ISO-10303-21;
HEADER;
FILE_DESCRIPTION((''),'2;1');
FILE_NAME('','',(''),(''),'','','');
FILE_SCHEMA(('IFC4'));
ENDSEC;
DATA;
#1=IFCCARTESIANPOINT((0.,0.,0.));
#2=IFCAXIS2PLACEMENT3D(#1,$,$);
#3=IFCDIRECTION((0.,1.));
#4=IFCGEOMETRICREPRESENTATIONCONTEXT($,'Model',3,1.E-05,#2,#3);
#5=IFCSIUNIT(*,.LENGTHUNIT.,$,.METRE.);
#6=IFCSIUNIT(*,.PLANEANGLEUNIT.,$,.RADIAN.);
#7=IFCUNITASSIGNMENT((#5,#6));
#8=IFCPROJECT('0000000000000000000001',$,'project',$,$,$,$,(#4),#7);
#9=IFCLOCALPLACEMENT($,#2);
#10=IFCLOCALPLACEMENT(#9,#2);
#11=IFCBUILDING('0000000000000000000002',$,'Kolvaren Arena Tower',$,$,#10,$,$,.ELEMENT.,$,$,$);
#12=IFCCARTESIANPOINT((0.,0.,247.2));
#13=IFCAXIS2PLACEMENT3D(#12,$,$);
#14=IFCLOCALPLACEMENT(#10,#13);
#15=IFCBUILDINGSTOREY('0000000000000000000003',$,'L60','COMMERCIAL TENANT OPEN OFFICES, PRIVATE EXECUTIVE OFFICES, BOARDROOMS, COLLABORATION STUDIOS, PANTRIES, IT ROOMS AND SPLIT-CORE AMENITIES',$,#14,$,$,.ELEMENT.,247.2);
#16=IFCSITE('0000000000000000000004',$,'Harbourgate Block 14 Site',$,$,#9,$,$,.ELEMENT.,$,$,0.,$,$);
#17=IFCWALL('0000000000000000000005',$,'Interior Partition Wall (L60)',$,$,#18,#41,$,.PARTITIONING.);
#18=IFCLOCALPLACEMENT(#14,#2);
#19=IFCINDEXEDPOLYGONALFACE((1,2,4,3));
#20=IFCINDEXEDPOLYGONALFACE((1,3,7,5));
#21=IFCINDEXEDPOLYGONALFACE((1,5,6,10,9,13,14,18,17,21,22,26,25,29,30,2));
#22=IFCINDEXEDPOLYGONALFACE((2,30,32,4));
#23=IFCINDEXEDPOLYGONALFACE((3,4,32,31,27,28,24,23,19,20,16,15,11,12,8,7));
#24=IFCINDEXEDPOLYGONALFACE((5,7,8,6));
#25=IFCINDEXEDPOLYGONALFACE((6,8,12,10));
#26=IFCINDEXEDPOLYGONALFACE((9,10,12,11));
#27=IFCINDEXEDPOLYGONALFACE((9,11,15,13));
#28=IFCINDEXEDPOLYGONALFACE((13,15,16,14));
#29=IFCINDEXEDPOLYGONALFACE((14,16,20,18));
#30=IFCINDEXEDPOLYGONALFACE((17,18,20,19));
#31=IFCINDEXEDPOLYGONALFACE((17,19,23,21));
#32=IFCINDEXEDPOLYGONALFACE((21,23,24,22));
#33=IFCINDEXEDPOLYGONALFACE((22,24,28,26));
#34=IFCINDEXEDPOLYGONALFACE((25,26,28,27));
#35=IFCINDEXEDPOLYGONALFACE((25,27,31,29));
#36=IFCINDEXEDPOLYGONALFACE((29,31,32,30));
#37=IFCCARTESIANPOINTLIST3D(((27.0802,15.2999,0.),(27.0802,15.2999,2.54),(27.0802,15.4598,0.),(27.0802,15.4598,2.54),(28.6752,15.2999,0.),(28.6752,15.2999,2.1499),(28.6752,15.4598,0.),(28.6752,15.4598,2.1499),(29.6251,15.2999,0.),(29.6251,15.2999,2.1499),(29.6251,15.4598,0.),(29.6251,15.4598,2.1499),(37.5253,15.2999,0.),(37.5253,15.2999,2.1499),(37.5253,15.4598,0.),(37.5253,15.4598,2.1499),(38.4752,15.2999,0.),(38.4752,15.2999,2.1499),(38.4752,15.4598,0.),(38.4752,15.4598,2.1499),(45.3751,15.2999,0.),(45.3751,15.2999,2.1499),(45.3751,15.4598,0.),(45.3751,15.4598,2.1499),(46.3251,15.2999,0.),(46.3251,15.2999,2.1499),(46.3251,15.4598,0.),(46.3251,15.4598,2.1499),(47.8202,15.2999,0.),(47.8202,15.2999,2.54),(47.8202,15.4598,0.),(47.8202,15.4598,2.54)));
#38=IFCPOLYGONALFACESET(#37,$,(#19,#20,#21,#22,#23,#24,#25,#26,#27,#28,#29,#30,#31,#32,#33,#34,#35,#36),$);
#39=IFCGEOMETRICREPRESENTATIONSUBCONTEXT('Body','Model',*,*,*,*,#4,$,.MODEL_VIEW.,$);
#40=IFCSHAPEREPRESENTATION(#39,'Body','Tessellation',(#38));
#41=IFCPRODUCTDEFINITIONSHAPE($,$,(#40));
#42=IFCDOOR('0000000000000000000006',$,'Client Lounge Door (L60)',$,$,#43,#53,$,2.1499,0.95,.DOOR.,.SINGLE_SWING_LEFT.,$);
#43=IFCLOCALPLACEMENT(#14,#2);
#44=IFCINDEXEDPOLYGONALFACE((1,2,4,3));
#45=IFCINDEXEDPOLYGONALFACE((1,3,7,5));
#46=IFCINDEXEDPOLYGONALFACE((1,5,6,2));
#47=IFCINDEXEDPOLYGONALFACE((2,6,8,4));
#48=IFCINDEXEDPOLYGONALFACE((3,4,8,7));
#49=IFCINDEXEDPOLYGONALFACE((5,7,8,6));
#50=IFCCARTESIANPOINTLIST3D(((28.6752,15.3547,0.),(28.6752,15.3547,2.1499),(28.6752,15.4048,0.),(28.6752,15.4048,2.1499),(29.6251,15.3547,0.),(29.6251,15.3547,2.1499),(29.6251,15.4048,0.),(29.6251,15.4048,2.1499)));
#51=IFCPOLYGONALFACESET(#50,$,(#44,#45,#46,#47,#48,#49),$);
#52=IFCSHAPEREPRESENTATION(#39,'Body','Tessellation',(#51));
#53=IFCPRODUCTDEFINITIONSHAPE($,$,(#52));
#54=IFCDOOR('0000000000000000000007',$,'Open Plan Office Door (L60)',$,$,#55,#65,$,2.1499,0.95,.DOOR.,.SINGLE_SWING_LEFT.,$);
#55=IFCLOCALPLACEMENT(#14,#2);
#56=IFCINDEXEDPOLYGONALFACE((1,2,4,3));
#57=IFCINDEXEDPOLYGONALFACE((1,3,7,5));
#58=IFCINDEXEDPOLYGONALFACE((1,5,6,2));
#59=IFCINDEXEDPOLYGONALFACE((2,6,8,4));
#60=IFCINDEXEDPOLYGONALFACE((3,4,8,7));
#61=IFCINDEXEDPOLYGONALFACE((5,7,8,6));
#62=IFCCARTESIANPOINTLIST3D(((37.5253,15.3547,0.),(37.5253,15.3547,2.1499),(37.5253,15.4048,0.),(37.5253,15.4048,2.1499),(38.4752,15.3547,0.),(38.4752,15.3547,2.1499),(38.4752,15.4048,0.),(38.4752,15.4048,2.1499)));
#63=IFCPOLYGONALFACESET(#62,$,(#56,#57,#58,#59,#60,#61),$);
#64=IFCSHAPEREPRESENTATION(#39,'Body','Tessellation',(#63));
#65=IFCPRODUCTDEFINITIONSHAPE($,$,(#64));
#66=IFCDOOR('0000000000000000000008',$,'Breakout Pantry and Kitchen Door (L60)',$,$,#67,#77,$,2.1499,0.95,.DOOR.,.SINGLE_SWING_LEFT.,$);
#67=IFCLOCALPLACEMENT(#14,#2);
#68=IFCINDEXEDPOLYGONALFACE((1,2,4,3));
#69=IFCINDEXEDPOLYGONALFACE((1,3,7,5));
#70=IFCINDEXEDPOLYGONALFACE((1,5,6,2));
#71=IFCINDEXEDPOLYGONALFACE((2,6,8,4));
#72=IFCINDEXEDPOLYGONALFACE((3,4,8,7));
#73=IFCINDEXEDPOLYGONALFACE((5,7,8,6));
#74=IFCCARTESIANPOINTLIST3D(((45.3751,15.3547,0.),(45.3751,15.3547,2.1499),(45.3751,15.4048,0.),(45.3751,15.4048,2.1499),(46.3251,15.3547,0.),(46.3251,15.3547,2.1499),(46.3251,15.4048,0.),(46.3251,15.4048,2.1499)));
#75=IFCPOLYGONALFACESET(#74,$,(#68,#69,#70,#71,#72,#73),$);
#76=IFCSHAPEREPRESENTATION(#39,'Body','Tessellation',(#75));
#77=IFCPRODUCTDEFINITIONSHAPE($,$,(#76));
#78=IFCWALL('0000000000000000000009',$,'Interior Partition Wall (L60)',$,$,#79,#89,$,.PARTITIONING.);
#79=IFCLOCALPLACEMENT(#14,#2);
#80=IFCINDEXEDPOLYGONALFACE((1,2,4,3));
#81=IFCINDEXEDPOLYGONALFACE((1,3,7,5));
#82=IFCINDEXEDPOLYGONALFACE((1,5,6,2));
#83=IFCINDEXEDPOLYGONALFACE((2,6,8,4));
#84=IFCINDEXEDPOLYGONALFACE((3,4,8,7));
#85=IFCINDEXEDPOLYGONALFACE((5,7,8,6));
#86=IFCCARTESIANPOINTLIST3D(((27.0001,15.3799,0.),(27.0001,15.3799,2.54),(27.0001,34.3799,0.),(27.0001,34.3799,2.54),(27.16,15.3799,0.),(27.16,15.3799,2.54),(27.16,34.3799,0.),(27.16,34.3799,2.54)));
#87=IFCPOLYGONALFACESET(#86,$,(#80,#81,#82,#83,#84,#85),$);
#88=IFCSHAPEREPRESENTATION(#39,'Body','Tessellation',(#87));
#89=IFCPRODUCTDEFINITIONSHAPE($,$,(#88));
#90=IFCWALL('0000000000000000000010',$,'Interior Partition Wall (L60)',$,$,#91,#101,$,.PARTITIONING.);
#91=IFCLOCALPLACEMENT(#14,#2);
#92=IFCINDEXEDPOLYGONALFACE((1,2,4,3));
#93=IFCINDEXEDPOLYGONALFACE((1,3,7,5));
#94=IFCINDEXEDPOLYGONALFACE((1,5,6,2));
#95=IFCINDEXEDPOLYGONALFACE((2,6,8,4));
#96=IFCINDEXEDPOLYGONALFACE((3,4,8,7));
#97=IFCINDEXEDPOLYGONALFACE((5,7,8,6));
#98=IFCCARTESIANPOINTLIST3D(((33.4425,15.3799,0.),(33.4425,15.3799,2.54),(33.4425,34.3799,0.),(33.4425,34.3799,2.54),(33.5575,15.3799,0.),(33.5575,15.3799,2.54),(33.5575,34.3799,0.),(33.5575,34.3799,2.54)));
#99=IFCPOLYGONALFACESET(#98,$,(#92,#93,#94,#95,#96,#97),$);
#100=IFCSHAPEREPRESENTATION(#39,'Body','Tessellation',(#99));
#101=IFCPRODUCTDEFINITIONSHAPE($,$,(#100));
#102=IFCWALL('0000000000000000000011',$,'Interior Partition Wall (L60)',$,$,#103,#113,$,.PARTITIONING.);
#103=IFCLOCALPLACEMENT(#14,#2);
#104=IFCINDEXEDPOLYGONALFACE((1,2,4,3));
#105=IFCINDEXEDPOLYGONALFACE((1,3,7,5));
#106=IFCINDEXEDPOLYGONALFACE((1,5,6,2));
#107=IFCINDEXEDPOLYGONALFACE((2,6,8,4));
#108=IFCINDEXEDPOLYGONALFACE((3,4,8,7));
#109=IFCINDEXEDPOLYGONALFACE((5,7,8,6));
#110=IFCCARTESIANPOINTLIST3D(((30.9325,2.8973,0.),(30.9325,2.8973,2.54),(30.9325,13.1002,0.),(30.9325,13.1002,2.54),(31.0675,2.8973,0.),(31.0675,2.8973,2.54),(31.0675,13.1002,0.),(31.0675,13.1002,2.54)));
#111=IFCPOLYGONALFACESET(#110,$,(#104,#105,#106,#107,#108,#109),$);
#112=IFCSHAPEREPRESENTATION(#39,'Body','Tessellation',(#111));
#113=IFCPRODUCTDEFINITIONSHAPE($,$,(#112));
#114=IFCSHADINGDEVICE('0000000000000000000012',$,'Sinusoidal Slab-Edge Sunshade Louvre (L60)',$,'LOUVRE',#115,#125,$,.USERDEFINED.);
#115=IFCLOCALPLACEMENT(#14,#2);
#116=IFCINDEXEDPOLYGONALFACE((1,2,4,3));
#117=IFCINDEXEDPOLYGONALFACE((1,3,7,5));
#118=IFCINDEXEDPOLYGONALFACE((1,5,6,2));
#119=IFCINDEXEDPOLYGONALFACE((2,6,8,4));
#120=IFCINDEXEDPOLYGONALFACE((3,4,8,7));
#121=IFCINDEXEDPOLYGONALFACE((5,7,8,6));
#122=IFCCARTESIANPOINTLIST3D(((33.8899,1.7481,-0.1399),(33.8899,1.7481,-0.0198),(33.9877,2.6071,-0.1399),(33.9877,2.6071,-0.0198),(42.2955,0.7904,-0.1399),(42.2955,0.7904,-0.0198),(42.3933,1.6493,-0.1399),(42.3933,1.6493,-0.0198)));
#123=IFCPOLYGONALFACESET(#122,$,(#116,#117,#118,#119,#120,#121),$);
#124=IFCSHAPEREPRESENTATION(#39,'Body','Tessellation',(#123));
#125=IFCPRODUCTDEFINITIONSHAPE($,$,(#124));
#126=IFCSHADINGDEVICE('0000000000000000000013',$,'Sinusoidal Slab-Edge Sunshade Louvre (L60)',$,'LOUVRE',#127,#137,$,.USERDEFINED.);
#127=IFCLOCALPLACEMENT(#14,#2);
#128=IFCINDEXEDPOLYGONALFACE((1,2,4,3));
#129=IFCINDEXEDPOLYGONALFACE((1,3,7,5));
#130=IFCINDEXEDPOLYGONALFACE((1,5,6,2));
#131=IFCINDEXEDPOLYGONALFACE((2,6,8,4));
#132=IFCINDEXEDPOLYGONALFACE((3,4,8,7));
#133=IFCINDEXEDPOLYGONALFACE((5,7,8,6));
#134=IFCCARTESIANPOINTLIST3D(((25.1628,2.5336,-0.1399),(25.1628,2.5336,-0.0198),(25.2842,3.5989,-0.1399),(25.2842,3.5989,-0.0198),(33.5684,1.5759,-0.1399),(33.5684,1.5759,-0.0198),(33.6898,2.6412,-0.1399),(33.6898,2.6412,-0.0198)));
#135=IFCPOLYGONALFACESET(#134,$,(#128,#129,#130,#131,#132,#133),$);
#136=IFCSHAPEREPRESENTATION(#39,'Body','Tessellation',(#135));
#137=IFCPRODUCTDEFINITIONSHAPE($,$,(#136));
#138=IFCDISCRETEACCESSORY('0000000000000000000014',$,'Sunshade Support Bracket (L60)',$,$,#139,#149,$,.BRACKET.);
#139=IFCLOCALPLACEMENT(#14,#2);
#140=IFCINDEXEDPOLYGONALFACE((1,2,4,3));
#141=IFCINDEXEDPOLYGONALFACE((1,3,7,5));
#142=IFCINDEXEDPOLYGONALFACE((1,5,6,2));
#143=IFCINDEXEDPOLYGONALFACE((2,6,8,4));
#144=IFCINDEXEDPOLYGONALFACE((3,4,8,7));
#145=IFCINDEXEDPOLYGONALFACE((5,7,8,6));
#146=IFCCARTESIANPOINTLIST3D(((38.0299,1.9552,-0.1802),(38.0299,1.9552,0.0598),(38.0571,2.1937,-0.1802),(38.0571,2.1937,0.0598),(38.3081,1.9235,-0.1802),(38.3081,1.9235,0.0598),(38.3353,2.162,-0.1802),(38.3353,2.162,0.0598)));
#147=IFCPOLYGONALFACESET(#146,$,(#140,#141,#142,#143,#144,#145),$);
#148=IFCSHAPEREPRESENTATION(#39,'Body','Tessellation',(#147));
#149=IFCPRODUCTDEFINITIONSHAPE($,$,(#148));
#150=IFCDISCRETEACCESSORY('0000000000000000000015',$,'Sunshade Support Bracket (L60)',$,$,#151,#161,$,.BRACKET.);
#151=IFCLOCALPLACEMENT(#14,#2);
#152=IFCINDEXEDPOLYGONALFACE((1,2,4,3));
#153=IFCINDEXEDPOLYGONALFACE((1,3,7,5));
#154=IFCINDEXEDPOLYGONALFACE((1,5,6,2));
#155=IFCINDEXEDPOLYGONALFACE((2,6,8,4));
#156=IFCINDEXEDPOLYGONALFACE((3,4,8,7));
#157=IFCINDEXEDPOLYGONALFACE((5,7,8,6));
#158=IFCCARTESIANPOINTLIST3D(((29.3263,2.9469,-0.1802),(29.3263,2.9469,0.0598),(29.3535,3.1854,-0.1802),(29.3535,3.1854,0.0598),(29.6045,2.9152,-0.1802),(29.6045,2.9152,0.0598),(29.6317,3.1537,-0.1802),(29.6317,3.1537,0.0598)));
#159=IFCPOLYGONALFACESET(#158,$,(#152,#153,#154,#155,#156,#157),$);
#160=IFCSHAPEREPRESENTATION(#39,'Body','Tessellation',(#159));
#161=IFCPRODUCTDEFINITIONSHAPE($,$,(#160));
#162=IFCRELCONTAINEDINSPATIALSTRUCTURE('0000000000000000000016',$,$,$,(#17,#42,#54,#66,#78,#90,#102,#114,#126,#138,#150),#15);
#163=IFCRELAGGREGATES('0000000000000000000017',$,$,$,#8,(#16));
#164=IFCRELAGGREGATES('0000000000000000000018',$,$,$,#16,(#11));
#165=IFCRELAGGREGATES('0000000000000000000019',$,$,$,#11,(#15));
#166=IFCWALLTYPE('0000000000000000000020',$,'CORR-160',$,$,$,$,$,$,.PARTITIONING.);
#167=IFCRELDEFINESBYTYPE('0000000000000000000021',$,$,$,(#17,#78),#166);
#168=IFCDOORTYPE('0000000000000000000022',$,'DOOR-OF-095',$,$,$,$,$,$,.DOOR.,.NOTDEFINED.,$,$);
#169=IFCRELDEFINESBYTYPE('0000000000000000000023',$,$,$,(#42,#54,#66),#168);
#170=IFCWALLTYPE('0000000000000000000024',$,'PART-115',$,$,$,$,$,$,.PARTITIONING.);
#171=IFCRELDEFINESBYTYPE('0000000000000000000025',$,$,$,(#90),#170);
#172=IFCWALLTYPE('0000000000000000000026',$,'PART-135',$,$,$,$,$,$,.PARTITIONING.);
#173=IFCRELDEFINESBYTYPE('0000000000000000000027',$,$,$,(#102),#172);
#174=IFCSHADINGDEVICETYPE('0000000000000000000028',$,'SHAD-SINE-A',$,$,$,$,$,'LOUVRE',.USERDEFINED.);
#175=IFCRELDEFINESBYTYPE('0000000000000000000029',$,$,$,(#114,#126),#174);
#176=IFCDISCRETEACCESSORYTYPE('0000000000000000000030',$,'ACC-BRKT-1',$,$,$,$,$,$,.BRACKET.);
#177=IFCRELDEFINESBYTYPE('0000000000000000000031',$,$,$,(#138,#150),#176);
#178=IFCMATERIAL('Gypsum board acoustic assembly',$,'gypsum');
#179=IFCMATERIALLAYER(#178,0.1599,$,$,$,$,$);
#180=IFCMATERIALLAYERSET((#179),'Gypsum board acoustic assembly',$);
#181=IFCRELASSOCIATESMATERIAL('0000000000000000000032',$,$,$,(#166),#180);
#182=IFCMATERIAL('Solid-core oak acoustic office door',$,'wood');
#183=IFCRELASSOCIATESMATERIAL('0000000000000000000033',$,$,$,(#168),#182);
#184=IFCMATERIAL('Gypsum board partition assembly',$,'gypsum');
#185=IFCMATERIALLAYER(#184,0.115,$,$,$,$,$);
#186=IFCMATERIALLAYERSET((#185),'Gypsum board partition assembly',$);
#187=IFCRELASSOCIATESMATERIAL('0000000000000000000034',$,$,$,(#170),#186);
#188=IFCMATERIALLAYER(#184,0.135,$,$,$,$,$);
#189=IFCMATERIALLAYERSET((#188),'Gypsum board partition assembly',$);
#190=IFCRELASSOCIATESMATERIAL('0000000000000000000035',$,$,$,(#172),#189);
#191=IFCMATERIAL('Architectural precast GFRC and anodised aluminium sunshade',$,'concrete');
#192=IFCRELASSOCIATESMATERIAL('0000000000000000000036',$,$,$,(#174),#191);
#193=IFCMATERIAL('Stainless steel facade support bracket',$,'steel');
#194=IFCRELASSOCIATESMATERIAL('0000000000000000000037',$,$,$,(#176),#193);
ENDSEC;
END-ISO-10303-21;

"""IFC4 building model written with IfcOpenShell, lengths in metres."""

from ifc_helpers import new_model, si_unit, direction, frame, frame_2d, origin, origin_2d, place, context, subcontext, project, spatial, rectangle, extrude, material, layer, layer_set, type_object, element, fill, save


model = new_model("IFC4")

# Units and contexts
model_context = context("Model", 3, precision=1e-05, world=origin(), true_north=direction((0.0, 1.0)))
body_context = subcontext(model_context, "Body", "Model", "MODEL_VIEW")
ifc_project = project(units=[si_unit("LENGTHUNIT", "METRE"), si_unit("PLANEANGLEUNIT", "RADIAN")], contexts=[model_context])

# Site, building, storey
site_placement = place(None, origin())
site = spatial("IfcSite", under=ifc_project, at=site_placement, Name="Harbourgate Block 14 Site", CompositionType="ELEMENT", RefElevation=0.0)
building_placement = place(site_placement, origin())
building = spatial("IfcBuilding", under=site, at=building_placement, Name="Kolvaren Arena Tower", CompositionType="ELEMENT")
storey_placement = place(building_placement, frame((0.0, 0.0, 247.2)))
storey = spatial("IfcBuildingStorey", under=building, at=storey_placement, Name="L60", Description="COMMERCIAL TENANT OPEN OFFICES, PRIVATE EXECUTIVE OFFICES, BOARDROOMS, COLLABORATION STUDIOS, PANTRIES, IT ROOMS AND SPLIT-CORE AMENITIES", CompositionType="ELEMENT", Elevation=247.2)

# Wall, openings, doors
ifc_material_1 = material(Name="Gypsum board acoustic assembly", Category="gypsum")
ifc_layer_1 = layer(ifc_material_1, 0.1599)
ifc_layer_set_1 = layer_set([ifc_layer_1], Name="Gypsum board acoustic assembly")
wall_type_1 = type_object("IfcWallType", Name="CORR-160", PredefinedType="PARTITIONING", material=ifc_layer_set_1)
wall_1_placement = place(storey_placement, frame((27.0801, 15.3799, 0.0), z_axis=(0.0, 0.0, 1.0), x_axis=(1.0, 0.0, 0.0)))
wall_1 = element("IfcWall", 1, at=wall_1_placement, inside=storey, type_object=wall_type_1, Name="Interior Partition Wall (L60)", PredefinedType="PARTITIONING", context=body_context, shape_type="SweptSolid", body=[
    extrude(rectangle(XDim=20.74, YDim=0.1599, at=frame_2d((10.3701, 0.0))), origin(), (0.0, 0.0, 1.0), 2.54),
])
opening_1_placement = place(wall_1_placement, frame((1.595, 0.0, 0.0)))
opening_1 = element("IfcOpeningElement", 2, at=opening_1_placement, cuts=wall_1, PredefinedType="OPENING", context=body_context, shape_type="SweptSolid", body=[
    extrude(rectangle(XDim=0.95, YDim=2.1499, at=frame_2d((0.4751, 1.075))), frame((0.0, 0.0898, 0.0), z_axis=(0.0, -1.0, 0.0), x_axis=(1.0, 0.0, 0.0)), (0.0, 0.0, 1.0), 0.1799),
])
opening_2_placement = place(wall_1_placement, frame((10.4451, 0.0, 0.0)))
opening_2 = element("IfcOpeningElement", 3, at=opening_2_placement, cuts=wall_1, PredefinedType="OPENING", context=body_context, shape_type="SweptSolid", body=[
    extrude(rectangle(XDim=0.95, YDim=2.1499, at=frame_2d((0.4751, 1.075))), frame((0.0, 0.0898, 0.0), z_axis=(0.0, -1.0, 0.0), x_axis=(1.0, 0.0, 0.0)), (0.0, 0.0, 1.0), 0.1799),
])
opening_3_placement = place(wall_1_placement, frame((18.2949, 0.0, 0.0)))
opening_3 = element("IfcOpeningElement", 4, at=opening_3_placement, cuts=wall_1, PredefinedType="OPENING", context=body_context, shape_type="SweptSolid", body=[
    extrude(rectangle(XDim=0.95, YDim=2.1499, at=frame_2d((0.4751, 1.075))), frame((0.0, 0.0898, 0.0), z_axis=(0.0, -1.0, 0.0), x_axis=(1.0, 0.0, 0.0)), (0.0, 0.0, 1.0), 0.1799),
])
ifc_material_2 = material(Name="Solid-core oak acoustic office door", Category="wood")
door_type = type_object("IfcDoorType", Name="DOOR-OF-095", OperationType="NOTDEFINED", PredefinedType="DOOR", material=ifc_material_2)
door_1_placement = place(opening_1_placement, origin())
door_1 = element("IfcDoor", 5, at=door_1_placement, inside=storey, type_object=door_type, Name="Client Lounge Door (L60)", OperationType="SINGLE_SWING_LEFT", OverallHeight=2.1499, OverallWidth=0.95, PredefinedType="DOOR", context=body_context, shape_type="SweptSolid", body=[
    extrude(rectangle(XDim=0.95, YDim=2.1499, at=frame_2d((0.4751, 1.075))), frame((0.0, 0.0249, 0.0), z_axis=(0.0, -1.0, 0.0), x_axis=(1.0, 0.0, 0.0)), (0.0, 0.0, 1.0), 0.05),
])
fill(opening_1, door_1)
door_2_placement = place(opening_2_placement, origin())
door_2 = element("IfcDoor", 6, at=door_2_placement, inside=storey, type_object=door_type, Name="Open Plan Office Door (L60)", OperationType="SINGLE_SWING_LEFT", OverallHeight=2.1499, OverallWidth=0.95, PredefinedType="DOOR", context=body_context, shape_type="SweptSolid", body=[
    extrude(rectangle(XDim=0.95, YDim=2.1499, at=frame_2d((0.4751, 1.075))), frame((0.0, 0.0249, 0.0), z_axis=(0.0, -1.0, 0.0), x_axis=(1.0, 0.0, 0.0)), (0.0, 0.0, 1.0), 0.05),
])
fill(opening_2, door_2)
door_3_placement = place(opening_3_placement, origin())
door_3 = element("IfcDoor", 7, at=door_3_placement, inside=storey, type_object=door_type, Name="Breakout Pantry and Kitchen Door (L60)", OperationType="SINGLE_SWING_LEFT", OverallHeight=2.1499, OverallWidth=0.95, PredefinedType="DOOR", context=body_context, shape_type="SweptSolid", body=[
    extrude(rectangle(XDim=0.95, YDim=2.1499, at=frame_2d((0.4751, 1.075))), frame((0.0, 0.0249, 0.0), z_axis=(0.0, -1.0, 0.0), x_axis=(1.0, 0.0, 0.0)), (0.0, 0.0, 1.0), 0.05),
])
fill(opening_3, door_3)

# Walls
wall_2_placement = place(storey_placement, frame((27.0801, 15.3799, 0.0), z_axis=(0.0, 0.0, 1.0), x_axis=(0.0, 1.0, 0.0)))
element("IfcWall", 8, at=wall_2_placement, inside=storey, type_object=wall_type_1, Name="Interior Partition Wall (L60)", PredefinedType="PARTITIONING", context=body_context, shape_type="SweptSolid", body=[
    extrude(rectangle(XDim=19.0, YDim=0.1599, at=frame_2d((9.5, 0.0))), origin(), (0.0, 0.0, 1.0), 2.54),
])
ifc_material_3 = material(Name="Gypsum board partition assembly", Category="gypsum")
ifc_layer_2 = layer(ifc_material_3, 0.115)
ifc_layer_set_2 = layer_set([ifc_layer_2], Name="Gypsum board partition assembly")
wall_type_2 = type_object("IfcWallType", Name="PART-115", PredefinedType="PARTITIONING", material=ifc_layer_set_2)
wall_3_placement = place(storey_placement, frame((33.5, 15.3799, 0.0), z_axis=(0.0, 0.0, 1.0), x_axis=(0.0, 1.0, 0.0)))
element("IfcWall", 9, at=wall_3_placement, inside=storey, type_object=wall_type_2, Name="Interior Partition Wall (L60)", PredefinedType="PARTITIONING", context=body_context, shape_type="SweptSolid", body=[
    extrude(rectangle(XDim=19.0, YDim=0.115, at=frame_2d((9.5, 0.0))), origin(), (0.0, 0.0, 1.0), 2.54),
])
ifc_layer_3 = layer(ifc_material_3, 0.135)
ifc_layer_set_3 = layer_set([ifc_layer_3], Name="Gypsum board partition assembly")
wall_type_3 = type_object("IfcWallType", Name="PART-135", PredefinedType="PARTITIONING", material=ifc_layer_set_3)
wall_4_placement = place(storey_placement, frame((31.0, 2.8972, 0.0), z_axis=(0.0, 0.0, 1.0), x_axis=(0.0, 1.0, 0.0)))
element("IfcWall", 10, at=wall_4_placement, inside=storey, type_object=wall_type_3, Name="Interior Partition Wall (L60)", PredefinedType="PARTITIONING", context=body_context, shape_type="SweptSolid", body=[
    extrude(rectangle(XDim=10.2029, YDim=0.135, at=frame_2d((5.1016, 0.0))), origin(), (0.0, 0.0, 1.0), 2.54),
])

# Shading devices
ifc_material_4 = material(Name="Architectural precast GFRC and anodised aluminium sunshade", Category="concrete")
shading_device_type = type_object("IfcShadingDeviceType", Name="SHAD-SINE-A", ElementType="LOUVRE", PredefinedType="USERDEFINED", material=ifc_material_4)
shading_device_1_placement = place(storey_placement, frame((38.1416, 1.6987, -0.1399), z_axis=(0.0, 0.0, 1.0), x_axis=(-0.993572, 0.113205, 0.0)))
element("IfcShadingDevice", 11, at=shading_device_1_placement, inside=storey, type_object=shading_device_type, Name="Sinusoidal Slab-Edge Sunshade Louvre (L60)", ObjectType="LOUVRE", PredefinedType="USERDEFINED", context=body_context, shape_type="SweptSolid", body=[
    extrude(rectangle(XDim=8.46, YDim=0.8645, at=origin_2d()), origin(), (0.0, 0.0, 1.0), 0.1201),
])
shading_device_2_placement = place(storey_placement, frame((29.4263, 2.5874, -0.1399), z_axis=(0.0, 0.0, 1.0), x_axis=(-0.993572, 0.113205, 0.0)))
element("IfcShadingDevice", 12, at=shading_device_2_placement, inside=storey, type_object=shading_device_type, Name="Sinusoidal Slab-Edge Sunshade Louvre (L60)", ObjectType="LOUVRE", PredefinedType="USERDEFINED", context=body_context, shape_type="SweptSolid", body=[
    extrude(rectangle(XDim=8.46, YDim=1.0723, at=origin_2d()), origin(), (0.0, 0.0, 1.0), 0.1201),
])

# Discrete accessories
ifc_material_5 = material(Name="Stainless steel facade support bracket", Category="steel")
discrete_accessory_type = type_object("IfcDiscreteAccessoryType", Name="ACC-BRKT-1", PredefinedType="BRACKET", material=ifc_material_5)
for number, where, z_axis, x_axis, name in (
    (13, (38.1826, 2.0586, -0.1802), (0.0, 0.0, 1.0), (-0.993572, 0.113205, 0.0), "Sunshade Support Bracket (L60)"),
    (14, (29.479, 3.0503, -0.1802), (0.0, 0.0, 1.0), (-0.993572, 0.113205, 0.0), "Sunshade Support Bracket (L60)"),
):
    element("IfcDiscreteAccessory", number, at=place(storey_placement, frame(where, z_axis=z_axis, x_axis=x_axis)), inside=storey, type_object=discrete_accessory_type, Name=name, PredefinedType="BRACKET", context=body_context, shape_type="SweptSolid", body=[
        extrude(rectangle(XDim=0.28, YDim=0.24, at=origin_2d()), origin(), (0.0, 0.0, 1.0), 0.24),
    ])

save(model, "model.ifc")
